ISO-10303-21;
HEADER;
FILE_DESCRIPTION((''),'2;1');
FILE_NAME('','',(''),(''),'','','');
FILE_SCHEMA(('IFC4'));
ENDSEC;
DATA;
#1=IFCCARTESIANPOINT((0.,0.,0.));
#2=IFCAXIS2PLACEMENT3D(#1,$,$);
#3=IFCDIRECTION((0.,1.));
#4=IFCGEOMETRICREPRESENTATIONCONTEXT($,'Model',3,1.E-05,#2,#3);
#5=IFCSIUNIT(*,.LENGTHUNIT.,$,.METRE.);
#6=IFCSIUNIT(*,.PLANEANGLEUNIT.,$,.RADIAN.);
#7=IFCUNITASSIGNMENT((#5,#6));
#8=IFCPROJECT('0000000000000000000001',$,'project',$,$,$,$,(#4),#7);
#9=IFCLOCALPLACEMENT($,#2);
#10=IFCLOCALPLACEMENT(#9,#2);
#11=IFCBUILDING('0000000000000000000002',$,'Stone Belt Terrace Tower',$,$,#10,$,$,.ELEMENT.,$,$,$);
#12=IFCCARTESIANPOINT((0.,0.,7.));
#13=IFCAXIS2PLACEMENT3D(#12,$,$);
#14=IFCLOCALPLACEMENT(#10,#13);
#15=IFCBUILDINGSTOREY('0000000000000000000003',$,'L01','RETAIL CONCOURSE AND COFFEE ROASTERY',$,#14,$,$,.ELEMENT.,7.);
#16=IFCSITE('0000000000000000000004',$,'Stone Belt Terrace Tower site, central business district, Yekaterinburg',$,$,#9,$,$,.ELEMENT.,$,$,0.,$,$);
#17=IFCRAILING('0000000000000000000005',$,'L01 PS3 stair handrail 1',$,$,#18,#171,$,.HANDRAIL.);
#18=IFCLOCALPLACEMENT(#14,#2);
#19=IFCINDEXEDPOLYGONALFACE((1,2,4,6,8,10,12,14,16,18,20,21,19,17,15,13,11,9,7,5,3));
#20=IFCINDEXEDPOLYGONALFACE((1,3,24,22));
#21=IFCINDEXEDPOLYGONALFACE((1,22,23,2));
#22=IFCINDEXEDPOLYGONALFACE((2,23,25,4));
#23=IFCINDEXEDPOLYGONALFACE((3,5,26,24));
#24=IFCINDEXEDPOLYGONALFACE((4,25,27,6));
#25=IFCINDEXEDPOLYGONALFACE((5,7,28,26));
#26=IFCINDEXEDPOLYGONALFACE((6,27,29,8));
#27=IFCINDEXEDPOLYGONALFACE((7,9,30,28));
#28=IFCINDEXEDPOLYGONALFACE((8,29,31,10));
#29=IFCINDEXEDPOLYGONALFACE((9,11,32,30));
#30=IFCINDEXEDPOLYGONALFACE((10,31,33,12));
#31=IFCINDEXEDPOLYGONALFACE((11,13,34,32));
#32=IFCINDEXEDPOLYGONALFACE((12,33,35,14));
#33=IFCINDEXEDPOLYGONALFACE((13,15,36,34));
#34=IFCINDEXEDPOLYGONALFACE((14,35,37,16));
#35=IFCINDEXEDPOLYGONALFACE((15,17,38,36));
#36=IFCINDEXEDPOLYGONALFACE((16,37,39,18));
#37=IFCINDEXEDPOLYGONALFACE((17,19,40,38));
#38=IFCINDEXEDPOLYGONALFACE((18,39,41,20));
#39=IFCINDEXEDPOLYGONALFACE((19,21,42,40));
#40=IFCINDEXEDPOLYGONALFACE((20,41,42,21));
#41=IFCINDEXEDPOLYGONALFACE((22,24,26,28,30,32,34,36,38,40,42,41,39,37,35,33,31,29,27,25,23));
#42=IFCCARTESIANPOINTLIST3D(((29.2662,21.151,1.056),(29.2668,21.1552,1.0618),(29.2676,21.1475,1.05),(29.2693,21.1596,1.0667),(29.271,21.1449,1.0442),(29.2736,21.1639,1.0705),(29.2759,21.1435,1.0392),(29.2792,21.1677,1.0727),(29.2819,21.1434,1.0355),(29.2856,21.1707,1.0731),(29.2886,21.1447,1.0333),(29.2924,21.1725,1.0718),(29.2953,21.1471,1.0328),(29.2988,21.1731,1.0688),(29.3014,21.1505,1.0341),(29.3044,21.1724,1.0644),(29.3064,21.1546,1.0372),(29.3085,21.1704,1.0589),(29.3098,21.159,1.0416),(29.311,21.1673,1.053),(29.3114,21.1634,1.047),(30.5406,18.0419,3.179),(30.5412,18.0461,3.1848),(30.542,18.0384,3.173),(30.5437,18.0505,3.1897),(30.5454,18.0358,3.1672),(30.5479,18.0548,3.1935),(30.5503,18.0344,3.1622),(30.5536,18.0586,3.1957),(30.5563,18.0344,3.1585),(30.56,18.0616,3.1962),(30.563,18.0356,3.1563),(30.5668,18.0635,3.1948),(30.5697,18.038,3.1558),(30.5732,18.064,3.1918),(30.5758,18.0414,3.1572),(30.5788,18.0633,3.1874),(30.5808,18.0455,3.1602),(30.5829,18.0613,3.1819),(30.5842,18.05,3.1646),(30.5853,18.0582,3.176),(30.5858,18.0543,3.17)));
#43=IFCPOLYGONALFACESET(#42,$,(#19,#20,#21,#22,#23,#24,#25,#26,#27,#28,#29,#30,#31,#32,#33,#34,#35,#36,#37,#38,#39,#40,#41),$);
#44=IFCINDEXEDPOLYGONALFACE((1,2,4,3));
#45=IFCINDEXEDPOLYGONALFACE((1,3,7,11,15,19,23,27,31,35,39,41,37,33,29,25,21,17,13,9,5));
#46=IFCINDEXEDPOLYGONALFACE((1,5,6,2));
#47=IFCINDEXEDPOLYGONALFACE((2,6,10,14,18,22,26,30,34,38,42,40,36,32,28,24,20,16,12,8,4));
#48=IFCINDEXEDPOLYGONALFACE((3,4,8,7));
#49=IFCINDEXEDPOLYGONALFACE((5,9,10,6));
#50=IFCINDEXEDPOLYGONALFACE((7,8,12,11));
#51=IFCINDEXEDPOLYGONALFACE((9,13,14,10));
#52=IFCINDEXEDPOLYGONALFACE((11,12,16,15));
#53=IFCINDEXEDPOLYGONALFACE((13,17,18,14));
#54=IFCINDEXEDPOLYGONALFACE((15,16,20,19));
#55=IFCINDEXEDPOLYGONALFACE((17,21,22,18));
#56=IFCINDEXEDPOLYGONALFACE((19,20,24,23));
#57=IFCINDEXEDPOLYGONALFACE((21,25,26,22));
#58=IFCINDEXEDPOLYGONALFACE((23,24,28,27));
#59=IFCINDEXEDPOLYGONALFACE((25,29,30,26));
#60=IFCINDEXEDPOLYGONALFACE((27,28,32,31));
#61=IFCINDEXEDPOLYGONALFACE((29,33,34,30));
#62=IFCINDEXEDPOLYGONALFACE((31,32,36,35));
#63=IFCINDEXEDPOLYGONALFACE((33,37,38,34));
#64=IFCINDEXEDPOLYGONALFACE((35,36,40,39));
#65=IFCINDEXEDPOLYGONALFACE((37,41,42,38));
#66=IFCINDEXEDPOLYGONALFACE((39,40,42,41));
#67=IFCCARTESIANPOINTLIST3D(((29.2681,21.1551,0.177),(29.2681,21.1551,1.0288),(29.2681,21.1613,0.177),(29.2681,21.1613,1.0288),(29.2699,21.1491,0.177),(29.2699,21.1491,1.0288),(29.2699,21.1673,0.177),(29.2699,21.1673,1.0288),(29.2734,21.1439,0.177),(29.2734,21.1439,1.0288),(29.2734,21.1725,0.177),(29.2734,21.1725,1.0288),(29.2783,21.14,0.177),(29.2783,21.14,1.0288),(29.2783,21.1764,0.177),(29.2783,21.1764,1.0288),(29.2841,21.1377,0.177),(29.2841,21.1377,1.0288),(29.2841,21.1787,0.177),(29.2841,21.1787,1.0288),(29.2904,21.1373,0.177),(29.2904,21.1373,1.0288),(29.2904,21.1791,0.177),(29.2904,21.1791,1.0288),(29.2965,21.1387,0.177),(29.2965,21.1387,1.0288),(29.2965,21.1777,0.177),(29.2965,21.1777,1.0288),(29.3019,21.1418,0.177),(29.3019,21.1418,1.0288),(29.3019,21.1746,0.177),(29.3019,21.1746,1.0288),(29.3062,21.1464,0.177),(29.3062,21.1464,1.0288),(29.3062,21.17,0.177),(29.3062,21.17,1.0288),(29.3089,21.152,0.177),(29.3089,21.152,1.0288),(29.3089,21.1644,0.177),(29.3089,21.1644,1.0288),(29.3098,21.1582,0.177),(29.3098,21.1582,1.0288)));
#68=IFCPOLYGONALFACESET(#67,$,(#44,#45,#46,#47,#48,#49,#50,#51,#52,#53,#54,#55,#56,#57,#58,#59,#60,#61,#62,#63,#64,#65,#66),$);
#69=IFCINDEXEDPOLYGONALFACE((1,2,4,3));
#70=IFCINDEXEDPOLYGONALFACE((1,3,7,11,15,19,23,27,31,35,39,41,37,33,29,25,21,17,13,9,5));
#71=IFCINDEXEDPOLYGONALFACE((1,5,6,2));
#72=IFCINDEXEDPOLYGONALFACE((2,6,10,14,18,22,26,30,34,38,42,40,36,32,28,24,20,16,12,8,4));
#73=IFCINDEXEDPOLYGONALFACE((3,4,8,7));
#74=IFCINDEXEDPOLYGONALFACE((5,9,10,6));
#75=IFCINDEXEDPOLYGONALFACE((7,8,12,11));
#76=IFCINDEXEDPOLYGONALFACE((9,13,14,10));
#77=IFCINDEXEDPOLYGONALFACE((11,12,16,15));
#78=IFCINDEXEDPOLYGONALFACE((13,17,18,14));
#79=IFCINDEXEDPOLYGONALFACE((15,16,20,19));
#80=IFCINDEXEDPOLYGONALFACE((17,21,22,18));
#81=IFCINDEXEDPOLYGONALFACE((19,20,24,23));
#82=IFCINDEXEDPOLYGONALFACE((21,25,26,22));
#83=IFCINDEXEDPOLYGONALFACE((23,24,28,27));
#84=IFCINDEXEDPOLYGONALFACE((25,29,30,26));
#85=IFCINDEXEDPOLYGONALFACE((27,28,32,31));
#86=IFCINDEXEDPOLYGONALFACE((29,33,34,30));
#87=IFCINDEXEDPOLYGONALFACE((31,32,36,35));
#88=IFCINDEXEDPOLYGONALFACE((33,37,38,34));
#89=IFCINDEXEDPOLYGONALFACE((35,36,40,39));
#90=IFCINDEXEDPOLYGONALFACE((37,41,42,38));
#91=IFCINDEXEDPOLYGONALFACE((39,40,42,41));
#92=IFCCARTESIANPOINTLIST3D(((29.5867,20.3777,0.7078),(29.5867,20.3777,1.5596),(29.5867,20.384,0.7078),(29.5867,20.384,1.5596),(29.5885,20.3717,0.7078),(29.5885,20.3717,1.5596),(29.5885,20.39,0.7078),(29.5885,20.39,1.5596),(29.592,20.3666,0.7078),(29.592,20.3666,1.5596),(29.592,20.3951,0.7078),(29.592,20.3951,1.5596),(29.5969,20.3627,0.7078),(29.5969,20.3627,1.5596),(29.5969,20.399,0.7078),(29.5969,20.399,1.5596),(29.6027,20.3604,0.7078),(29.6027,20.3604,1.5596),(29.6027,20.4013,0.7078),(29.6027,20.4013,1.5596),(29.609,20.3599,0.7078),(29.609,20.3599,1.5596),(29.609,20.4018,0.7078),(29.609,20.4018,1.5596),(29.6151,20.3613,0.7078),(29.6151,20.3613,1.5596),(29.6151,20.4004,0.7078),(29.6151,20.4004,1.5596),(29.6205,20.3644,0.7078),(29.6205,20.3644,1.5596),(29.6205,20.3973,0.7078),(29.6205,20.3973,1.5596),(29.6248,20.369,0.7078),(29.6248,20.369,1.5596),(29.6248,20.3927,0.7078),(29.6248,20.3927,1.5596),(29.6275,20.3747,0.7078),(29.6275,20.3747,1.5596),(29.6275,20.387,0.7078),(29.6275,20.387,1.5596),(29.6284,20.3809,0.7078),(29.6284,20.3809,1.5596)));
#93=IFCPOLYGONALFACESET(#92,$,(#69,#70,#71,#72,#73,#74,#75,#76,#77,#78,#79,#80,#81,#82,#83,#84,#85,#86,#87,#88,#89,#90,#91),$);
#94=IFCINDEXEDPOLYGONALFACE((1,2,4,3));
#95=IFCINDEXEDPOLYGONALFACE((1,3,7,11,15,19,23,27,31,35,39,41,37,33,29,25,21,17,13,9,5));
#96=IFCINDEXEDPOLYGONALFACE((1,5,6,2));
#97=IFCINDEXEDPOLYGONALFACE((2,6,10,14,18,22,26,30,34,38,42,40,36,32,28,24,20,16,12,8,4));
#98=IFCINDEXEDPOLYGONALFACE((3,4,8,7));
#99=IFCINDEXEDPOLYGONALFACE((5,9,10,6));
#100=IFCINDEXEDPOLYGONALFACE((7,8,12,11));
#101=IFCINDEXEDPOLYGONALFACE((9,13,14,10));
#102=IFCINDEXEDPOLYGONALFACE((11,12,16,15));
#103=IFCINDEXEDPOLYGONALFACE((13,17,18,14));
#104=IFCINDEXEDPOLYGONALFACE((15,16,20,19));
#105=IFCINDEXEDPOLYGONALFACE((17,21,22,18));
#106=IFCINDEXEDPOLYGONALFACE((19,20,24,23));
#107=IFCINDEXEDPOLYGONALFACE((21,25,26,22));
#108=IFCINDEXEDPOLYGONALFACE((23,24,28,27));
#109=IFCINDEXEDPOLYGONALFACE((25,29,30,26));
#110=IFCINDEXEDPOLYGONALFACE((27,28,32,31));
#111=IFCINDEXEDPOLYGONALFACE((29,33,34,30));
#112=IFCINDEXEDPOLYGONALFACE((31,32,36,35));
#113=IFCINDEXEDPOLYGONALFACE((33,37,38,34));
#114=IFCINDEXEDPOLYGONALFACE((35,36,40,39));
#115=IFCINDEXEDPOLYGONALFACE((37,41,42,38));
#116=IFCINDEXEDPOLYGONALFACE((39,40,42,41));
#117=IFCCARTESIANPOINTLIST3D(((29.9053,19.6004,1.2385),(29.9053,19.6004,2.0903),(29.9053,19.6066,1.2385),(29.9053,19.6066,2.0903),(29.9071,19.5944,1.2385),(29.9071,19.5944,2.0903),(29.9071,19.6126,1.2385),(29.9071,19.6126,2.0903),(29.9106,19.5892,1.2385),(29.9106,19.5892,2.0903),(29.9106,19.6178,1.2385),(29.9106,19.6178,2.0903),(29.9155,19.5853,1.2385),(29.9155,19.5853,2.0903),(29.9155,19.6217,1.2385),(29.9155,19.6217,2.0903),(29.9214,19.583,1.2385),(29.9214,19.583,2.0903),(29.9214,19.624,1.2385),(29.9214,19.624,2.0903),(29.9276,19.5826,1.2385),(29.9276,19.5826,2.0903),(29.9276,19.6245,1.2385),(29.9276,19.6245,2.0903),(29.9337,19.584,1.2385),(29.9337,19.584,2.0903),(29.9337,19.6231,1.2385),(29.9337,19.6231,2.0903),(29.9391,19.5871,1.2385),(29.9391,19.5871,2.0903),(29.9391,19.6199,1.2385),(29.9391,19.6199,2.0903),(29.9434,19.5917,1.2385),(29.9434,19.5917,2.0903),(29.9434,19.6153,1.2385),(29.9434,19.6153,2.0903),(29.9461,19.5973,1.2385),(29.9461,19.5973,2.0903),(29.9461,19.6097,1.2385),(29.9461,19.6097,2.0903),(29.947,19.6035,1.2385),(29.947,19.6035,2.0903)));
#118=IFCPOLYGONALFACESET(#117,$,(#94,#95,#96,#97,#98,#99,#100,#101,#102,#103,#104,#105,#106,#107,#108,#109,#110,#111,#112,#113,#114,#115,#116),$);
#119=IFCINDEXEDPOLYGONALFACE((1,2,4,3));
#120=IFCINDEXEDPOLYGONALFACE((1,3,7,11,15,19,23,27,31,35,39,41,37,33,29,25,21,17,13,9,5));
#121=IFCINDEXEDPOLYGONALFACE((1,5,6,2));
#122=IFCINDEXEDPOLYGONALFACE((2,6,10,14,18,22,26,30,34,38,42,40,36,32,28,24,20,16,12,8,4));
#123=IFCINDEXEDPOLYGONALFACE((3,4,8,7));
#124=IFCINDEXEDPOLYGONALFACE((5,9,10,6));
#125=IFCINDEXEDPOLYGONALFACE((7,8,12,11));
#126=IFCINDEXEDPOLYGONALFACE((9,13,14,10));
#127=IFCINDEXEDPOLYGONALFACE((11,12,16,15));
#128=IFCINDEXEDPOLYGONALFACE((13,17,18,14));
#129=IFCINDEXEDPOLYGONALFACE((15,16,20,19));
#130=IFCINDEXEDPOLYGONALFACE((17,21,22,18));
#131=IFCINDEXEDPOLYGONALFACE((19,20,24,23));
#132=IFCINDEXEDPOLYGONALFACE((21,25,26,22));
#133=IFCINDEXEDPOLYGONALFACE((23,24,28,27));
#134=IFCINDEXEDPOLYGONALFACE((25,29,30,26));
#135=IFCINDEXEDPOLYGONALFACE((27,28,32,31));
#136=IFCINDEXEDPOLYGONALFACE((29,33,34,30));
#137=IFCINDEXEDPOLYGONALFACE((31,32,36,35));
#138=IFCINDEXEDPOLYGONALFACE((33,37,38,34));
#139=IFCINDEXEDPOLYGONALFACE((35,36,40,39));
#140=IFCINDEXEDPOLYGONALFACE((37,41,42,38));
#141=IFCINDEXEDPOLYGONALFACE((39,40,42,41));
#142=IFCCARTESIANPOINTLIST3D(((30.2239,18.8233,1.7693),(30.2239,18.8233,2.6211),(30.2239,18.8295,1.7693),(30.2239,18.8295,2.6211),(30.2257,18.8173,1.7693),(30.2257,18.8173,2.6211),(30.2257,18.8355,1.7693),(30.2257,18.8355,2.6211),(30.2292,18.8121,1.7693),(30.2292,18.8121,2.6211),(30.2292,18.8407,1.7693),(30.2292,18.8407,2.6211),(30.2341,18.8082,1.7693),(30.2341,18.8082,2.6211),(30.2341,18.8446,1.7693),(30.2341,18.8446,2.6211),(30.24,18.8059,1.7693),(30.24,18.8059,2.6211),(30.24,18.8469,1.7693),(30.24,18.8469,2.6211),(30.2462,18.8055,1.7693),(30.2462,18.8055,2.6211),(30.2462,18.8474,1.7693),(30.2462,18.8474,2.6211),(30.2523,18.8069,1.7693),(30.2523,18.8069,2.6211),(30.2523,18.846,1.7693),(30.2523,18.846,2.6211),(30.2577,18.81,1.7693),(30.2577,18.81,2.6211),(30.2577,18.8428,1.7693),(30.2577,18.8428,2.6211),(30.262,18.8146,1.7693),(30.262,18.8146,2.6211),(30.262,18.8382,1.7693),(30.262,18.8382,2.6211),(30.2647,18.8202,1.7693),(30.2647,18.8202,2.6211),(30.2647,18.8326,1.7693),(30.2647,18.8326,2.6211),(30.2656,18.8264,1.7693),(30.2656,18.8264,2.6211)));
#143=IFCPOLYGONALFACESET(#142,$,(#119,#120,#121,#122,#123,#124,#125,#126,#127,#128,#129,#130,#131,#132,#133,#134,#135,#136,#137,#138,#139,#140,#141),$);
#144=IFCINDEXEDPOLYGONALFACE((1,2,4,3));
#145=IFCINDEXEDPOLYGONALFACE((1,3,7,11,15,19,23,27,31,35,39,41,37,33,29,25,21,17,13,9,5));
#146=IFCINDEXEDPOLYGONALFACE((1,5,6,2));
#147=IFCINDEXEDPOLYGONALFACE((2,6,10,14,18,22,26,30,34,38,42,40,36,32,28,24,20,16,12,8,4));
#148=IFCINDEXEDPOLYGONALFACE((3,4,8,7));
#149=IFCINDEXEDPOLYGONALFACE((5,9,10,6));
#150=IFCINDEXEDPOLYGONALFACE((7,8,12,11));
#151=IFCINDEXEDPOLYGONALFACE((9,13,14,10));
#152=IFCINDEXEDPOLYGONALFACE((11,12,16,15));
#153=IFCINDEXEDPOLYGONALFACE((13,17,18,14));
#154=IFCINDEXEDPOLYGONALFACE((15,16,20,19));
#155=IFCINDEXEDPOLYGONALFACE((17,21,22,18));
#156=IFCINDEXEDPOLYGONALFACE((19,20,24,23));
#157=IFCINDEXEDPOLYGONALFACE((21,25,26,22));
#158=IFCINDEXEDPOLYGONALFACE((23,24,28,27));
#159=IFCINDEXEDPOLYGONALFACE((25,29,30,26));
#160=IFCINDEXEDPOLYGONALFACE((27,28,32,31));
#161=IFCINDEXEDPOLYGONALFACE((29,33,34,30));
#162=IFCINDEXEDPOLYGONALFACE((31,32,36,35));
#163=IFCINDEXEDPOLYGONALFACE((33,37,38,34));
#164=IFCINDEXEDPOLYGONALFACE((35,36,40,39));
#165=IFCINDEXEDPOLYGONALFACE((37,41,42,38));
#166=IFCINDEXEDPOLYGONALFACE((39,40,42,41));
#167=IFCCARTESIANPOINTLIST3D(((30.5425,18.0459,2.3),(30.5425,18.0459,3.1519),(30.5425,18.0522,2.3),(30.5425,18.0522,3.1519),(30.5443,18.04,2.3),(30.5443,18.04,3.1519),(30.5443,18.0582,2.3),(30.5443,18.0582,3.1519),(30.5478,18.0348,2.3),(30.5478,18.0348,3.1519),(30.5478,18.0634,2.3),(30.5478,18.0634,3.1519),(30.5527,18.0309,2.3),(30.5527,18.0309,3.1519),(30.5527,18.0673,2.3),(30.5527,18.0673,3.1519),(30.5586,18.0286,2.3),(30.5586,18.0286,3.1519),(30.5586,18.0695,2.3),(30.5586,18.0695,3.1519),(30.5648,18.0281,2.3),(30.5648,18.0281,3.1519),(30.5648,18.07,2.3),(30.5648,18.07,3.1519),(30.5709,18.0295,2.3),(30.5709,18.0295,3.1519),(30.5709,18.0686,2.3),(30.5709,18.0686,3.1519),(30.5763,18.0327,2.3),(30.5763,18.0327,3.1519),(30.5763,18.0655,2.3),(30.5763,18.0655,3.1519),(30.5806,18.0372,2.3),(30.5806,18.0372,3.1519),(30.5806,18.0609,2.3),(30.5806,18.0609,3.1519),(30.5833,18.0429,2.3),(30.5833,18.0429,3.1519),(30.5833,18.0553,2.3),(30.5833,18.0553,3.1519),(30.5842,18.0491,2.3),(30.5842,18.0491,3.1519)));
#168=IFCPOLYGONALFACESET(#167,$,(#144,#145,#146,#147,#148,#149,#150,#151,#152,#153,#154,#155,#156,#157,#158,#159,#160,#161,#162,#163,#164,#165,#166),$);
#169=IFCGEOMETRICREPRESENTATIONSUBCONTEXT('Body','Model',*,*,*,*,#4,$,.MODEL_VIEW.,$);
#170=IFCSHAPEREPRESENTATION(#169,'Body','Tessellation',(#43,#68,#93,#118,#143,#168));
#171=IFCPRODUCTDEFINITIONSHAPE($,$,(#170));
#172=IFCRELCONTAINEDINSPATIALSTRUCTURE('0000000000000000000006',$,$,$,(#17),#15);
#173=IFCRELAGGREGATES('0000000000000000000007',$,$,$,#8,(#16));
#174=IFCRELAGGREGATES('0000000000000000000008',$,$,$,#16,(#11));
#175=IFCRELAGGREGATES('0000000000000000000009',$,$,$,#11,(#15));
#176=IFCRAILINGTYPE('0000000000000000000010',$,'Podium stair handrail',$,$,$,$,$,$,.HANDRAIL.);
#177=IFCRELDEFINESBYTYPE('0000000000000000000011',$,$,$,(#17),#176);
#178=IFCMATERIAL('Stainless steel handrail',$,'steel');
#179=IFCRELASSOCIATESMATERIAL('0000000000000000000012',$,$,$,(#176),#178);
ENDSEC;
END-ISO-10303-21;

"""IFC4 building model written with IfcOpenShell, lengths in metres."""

from ifc_helpers import new_model, si_unit, direction, frame, origin, origin_2d, place, context, subcontext, project, spatial, circle, extrude, material, type_object, element, save


model = new_model("IFC4")

# Units and contexts
model_context = context("Model", 3, precision=1e-05, world=origin(), true_north=direction((0.0, 1.0)))
body_context = subcontext(model_context, "Body", "Model", "MODEL_VIEW")
ifc_project = project(units=[si_unit("LENGTHUNIT", "METRE"), si_unit("PLANEANGLEUNIT", "RADIAN")], contexts=[model_context])

# Site, building, storey
site_placement = place(None, origin())
site = spatial("IfcSite", under=ifc_project, at=site_placement, Name="Stone Belt Terrace Tower site, central business district, Yekaterinburg", CompositionType="ELEMENT", RefElevation=0.0)
building_placement = place(site_placement, origin())
building = spatial("IfcBuilding", under=site, at=building_placement, Name="Stone Belt Terrace Tower", CompositionType="ELEMENT")
storey_placement = place(building_placement, frame((0.0, 0.0, 7.0)))
storey = spatial("IfcBuildingStorey", under=building, at=storey_placement, Name="L01", Description="RETAIL CONCOURSE AND COFFEE ROASTERY", CompositionType="ELEMENT", Elevation=7.0)

# Railing
ifc_material_1 = material(Name="Stainless steel handrail", Category="steel")
railing_type_1 = type_object("IfcRailingType", Name="Podium stair handrail", PredefinedType="HANDRAIL", material=ifc_material_1)
railing_1_placement = place(storey_placement, frame((29.2888, 21.1582, 0.177)))
element("IfcRailing", 1, at=railing_1_placement, inside=storey, type_object=railing_type_1, Name="L01 PS3 stair handrail 1", PredefinedType="HANDRAIL", context=body_context, shape_type="SweptSolid", body=[
    extrude(circle(Radius=0.0239, at=origin_2d()), frame((0.0, 0.0, 0.876), z_axis=(0.320632, -0.782232, 0.534142), x_axis=(0.925286, 0.379269, 0.0)), (0.0, 0.0, 1.0), 3.9746),
    extrude(circle(Radius=0.021, at=origin_2d()), origin(), (0.0, 0.0, 1.0), 0.8518),
    extrude(circle(Radius=0.021, at=origin_2d()), frame((0.3186, -0.7773, 0.5308)), (0.0, 0.0, 1.0), 0.8518),
    extrude(circle(Radius=0.021, at=origin_2d()), frame((0.6372, -1.5547, 1.0615)), (0.0, 0.0, 1.0), 0.8518),
    extrude(circle(Radius=0.021, at=origin_2d()), frame((0.9558, -2.3318, 1.5923)), (0.0, 0.0, 1.0), 0.8518),
    extrude(circle(Radius=0.021, at=origin_2d()), frame((1.2744, -3.1091, 2.123)), (0.0, 0.0, 1.0), 0.8518),
])

save(model, "model.ifc")
